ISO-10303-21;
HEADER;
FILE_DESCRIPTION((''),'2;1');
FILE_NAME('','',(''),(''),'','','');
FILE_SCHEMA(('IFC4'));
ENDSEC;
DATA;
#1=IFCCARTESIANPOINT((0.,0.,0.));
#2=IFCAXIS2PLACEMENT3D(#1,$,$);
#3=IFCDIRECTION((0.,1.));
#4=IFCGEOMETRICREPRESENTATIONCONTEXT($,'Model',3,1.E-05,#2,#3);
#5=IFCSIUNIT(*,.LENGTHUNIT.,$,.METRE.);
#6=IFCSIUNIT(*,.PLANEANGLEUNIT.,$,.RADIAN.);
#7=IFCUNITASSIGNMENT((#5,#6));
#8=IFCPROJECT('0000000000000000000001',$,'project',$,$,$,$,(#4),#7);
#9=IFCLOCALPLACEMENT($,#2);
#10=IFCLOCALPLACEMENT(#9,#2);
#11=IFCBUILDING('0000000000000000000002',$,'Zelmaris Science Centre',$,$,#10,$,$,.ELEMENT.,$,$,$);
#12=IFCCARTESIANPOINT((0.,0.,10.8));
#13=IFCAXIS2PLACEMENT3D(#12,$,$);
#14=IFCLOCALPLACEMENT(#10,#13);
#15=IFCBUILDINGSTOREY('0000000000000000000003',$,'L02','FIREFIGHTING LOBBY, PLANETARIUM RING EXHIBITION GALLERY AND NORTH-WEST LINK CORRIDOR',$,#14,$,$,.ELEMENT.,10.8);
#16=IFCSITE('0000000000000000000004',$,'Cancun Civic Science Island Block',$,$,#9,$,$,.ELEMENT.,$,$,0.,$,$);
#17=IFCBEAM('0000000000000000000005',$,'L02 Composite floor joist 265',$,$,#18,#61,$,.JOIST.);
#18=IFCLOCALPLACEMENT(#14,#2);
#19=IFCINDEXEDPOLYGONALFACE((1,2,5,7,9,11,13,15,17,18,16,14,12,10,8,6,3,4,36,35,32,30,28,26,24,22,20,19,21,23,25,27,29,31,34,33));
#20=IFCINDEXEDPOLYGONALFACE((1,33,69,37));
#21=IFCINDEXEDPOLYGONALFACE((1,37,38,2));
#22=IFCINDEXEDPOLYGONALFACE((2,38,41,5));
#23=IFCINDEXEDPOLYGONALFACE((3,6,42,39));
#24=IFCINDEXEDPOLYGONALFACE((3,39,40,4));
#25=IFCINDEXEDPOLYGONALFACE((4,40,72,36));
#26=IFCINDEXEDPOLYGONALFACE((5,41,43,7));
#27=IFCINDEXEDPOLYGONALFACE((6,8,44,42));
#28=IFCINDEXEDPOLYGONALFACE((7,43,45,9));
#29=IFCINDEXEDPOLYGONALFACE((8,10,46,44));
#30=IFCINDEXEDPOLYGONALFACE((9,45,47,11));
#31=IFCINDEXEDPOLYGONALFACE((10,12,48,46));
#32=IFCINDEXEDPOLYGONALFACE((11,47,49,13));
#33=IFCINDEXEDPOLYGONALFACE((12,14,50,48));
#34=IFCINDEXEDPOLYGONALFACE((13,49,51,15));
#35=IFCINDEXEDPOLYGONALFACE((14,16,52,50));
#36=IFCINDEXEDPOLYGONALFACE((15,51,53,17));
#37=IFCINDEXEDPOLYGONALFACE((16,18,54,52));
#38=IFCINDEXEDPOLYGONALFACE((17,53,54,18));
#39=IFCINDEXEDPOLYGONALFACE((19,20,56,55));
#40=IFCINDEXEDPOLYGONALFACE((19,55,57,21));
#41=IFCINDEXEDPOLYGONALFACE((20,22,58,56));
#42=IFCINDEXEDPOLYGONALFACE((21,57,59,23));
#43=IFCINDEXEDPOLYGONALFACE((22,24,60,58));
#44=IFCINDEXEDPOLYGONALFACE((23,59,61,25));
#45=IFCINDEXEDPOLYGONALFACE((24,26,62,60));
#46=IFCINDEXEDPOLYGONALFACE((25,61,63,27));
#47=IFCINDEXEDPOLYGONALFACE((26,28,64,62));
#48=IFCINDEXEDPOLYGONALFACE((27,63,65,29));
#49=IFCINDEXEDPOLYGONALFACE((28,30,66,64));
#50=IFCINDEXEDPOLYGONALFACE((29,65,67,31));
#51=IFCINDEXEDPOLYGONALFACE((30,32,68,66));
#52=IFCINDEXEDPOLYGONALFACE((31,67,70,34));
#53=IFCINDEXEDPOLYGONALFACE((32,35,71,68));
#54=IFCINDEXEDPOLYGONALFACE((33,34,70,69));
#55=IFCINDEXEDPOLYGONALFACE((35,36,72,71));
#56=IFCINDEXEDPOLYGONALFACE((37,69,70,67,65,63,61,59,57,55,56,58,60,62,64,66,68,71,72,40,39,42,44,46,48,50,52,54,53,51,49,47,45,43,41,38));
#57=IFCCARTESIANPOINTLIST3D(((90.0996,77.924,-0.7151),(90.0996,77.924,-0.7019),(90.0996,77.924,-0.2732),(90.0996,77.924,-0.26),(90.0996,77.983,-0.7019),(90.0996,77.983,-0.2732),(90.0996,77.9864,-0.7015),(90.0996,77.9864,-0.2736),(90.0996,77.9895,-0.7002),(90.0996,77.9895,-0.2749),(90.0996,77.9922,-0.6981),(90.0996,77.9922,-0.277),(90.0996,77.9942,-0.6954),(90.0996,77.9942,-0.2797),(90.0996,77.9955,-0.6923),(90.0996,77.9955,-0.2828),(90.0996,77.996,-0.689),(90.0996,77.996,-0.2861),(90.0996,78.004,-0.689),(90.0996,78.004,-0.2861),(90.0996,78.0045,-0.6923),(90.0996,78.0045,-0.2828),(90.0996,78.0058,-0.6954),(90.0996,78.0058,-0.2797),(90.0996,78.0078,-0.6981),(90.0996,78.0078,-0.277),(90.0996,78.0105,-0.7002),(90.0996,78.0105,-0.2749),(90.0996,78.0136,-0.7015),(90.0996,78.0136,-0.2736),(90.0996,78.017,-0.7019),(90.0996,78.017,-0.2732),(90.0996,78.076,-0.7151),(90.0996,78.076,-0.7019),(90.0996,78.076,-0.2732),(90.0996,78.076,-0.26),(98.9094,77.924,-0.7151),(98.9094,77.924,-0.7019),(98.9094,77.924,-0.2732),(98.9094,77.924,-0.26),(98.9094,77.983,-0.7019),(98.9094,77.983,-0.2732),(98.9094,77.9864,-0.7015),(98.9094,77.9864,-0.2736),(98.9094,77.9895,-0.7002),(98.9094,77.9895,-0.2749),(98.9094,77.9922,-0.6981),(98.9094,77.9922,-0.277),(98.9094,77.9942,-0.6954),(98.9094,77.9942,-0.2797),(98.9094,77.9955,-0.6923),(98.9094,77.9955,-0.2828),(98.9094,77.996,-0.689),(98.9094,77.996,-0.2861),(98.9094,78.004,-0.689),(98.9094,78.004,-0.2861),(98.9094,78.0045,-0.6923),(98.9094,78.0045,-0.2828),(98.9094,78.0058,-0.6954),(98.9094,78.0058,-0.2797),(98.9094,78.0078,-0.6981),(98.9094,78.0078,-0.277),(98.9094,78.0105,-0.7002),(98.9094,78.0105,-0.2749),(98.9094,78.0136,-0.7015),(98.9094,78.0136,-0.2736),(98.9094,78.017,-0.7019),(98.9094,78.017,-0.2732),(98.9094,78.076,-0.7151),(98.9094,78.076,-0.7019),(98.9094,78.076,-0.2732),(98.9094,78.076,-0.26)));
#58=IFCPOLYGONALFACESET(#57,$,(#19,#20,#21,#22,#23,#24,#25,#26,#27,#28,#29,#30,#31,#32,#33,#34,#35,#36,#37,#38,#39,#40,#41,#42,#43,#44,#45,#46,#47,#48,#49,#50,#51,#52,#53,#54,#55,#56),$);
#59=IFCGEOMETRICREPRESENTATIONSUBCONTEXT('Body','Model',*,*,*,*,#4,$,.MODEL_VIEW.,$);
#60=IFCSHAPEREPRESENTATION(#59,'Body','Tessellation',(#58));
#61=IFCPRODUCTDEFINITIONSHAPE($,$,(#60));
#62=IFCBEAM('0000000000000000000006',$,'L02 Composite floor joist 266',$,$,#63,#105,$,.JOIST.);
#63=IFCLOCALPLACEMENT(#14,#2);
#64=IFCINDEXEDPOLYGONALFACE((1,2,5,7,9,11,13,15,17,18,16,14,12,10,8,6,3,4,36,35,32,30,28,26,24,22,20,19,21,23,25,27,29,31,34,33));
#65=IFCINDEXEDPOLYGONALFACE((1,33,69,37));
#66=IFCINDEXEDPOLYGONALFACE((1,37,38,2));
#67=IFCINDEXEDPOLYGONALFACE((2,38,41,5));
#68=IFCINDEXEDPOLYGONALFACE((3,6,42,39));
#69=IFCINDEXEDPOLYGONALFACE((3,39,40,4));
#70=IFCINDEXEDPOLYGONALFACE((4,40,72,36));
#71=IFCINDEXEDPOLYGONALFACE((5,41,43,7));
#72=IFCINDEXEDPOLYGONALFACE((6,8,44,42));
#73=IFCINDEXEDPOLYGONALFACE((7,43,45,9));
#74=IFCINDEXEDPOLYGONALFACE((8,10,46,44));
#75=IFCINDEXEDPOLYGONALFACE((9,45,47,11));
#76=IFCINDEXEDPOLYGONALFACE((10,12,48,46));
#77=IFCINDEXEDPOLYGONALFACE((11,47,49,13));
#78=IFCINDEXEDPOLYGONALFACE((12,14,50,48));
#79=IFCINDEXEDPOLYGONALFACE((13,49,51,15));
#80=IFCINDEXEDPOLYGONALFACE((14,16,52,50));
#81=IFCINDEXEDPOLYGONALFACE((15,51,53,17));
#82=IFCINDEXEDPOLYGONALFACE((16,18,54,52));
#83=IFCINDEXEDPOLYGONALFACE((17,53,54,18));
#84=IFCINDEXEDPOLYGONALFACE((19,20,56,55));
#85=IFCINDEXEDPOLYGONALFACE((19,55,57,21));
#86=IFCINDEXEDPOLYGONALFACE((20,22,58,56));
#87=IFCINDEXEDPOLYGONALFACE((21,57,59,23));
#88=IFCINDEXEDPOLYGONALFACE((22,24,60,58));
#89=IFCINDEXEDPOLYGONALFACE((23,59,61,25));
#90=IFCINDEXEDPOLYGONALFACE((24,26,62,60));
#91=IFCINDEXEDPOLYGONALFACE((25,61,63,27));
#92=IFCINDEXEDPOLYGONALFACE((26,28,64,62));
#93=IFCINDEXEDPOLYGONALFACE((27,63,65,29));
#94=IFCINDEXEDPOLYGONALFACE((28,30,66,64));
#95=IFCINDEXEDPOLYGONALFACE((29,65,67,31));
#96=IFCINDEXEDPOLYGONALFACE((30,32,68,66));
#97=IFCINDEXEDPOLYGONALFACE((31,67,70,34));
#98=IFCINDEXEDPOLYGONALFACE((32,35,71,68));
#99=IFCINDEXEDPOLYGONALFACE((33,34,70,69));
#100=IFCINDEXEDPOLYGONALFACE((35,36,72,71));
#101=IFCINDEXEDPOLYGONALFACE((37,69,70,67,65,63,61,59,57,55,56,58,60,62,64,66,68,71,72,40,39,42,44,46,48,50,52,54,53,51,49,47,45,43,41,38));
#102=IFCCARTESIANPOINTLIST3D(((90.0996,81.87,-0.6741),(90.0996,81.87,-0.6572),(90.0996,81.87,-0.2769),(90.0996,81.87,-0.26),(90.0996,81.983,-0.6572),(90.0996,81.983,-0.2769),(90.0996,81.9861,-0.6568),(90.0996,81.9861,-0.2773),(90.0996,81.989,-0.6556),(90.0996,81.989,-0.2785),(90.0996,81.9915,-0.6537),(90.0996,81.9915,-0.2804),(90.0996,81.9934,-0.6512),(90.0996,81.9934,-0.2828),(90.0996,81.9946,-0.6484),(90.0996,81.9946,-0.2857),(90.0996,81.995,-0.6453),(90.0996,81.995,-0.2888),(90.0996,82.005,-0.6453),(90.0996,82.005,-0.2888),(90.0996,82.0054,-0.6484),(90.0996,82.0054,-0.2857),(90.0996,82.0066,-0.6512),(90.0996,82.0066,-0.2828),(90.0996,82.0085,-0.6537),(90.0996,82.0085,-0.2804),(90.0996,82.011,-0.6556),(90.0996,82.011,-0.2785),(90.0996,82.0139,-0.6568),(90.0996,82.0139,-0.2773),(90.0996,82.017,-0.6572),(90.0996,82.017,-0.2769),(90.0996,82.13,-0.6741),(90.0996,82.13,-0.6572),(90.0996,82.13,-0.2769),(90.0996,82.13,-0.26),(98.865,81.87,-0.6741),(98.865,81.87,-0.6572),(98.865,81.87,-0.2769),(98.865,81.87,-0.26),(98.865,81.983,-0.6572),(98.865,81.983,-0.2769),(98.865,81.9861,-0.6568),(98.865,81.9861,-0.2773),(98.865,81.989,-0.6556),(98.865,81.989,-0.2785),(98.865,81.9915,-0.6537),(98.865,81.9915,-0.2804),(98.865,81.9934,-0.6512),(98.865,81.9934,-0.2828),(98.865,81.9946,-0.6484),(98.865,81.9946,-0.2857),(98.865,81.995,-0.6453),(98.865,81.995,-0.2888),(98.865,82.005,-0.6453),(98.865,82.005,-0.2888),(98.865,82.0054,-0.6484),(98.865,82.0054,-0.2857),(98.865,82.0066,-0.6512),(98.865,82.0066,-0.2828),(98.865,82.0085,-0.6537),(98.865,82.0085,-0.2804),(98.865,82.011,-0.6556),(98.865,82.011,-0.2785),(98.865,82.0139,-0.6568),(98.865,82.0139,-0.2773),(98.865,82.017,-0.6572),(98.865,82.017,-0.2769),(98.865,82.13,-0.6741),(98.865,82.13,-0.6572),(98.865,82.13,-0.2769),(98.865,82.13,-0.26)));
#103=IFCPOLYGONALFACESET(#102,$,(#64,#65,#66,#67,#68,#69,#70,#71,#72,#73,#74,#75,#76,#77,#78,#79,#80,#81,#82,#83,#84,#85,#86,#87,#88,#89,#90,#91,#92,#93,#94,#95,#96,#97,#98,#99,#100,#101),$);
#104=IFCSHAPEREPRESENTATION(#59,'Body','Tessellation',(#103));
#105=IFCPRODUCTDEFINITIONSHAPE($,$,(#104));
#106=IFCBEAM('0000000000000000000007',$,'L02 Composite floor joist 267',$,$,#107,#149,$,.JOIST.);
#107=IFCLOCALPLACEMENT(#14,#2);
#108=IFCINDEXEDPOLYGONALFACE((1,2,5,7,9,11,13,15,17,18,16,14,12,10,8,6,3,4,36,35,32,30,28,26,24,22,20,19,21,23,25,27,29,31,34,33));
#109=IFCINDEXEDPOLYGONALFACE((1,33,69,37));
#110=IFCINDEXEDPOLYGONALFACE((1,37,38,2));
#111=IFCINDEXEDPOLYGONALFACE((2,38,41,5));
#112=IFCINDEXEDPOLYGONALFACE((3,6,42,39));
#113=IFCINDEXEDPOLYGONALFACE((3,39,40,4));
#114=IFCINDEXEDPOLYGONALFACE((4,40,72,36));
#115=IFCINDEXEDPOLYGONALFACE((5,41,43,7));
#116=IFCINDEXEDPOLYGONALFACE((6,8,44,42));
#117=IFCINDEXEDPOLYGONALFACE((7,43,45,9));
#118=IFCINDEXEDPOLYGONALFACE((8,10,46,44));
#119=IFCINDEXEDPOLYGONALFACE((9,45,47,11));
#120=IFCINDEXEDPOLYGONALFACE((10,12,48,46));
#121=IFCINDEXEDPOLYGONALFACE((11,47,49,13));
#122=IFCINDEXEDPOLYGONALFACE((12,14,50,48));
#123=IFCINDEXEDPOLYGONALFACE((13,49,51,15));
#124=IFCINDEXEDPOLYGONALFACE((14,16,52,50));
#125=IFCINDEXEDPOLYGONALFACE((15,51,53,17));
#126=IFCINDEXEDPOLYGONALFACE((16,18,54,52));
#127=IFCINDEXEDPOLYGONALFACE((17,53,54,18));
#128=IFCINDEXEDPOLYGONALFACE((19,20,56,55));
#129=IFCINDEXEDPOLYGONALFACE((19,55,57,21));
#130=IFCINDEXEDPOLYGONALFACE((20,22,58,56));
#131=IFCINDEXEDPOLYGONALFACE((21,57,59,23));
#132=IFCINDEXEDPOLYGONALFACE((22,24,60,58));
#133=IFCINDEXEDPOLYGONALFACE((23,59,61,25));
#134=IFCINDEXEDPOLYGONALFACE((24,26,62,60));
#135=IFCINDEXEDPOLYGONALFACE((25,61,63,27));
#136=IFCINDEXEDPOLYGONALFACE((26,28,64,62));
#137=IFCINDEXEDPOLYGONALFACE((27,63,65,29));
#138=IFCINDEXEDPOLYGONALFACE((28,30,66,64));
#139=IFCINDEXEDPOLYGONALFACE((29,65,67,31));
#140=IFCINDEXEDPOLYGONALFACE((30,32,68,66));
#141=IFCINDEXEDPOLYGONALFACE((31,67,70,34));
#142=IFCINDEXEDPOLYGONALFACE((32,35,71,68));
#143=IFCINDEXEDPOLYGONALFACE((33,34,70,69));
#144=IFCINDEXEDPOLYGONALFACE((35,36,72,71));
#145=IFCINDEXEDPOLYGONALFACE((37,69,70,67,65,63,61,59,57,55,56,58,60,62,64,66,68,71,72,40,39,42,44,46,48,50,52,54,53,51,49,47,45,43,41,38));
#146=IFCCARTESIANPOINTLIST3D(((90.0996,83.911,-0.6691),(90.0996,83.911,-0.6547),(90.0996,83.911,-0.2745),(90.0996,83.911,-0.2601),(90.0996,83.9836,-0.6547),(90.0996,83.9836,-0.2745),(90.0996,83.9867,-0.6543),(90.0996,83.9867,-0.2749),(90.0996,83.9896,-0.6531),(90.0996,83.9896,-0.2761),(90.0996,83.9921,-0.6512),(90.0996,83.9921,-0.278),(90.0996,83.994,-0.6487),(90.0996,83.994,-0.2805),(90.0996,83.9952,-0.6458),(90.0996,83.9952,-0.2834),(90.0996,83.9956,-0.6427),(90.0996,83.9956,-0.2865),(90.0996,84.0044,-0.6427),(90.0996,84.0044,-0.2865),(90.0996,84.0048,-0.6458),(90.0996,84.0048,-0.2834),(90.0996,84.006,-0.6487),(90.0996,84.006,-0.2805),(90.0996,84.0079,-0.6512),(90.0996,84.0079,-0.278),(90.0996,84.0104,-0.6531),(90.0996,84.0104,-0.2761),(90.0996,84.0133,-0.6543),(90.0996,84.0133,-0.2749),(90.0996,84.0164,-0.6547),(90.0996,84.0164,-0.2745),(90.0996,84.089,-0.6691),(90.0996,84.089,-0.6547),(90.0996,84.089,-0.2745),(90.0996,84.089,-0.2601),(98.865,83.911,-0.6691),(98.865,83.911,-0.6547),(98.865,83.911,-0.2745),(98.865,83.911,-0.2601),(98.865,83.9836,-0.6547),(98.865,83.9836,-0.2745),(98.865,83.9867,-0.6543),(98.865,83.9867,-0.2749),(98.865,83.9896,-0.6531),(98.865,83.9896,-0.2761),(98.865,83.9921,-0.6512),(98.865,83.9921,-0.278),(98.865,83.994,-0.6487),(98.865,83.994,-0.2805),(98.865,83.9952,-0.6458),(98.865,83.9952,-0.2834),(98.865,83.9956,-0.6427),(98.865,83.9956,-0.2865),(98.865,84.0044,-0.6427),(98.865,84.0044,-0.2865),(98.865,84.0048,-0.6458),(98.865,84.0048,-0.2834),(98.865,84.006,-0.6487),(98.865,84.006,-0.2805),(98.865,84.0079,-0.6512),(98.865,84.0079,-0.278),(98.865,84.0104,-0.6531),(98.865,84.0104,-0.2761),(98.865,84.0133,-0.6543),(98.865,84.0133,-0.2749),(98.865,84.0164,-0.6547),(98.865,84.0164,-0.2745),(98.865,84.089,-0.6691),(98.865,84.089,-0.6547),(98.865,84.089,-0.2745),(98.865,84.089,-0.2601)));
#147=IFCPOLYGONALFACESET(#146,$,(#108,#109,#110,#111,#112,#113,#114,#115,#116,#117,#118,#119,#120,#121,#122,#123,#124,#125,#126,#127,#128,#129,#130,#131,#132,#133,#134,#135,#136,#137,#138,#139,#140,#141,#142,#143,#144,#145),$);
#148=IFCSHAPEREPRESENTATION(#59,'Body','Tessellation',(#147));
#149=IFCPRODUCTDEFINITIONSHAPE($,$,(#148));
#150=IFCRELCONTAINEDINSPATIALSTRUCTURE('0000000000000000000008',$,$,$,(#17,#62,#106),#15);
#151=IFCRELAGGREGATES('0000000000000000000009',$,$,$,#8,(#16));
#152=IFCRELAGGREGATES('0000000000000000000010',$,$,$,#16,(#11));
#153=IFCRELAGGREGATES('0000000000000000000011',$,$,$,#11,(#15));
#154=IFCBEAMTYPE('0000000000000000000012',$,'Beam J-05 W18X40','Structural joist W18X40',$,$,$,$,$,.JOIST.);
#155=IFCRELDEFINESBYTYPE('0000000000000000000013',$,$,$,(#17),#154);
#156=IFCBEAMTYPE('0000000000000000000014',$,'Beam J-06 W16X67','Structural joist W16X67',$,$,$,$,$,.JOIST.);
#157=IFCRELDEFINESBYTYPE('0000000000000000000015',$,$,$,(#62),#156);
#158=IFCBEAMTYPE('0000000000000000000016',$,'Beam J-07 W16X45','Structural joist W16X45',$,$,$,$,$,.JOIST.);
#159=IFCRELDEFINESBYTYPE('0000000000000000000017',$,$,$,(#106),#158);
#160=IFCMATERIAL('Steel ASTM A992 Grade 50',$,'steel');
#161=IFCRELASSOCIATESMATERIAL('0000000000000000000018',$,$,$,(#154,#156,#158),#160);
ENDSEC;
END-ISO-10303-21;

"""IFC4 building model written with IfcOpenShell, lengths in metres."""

from ifc_helpers import new_model, si_unit, direction, frame, origin, origin_2d, place, context, subcontext, project, spatial, i_section, extrude, material, material_profile, profile_set, type_object, element, save


model = new_model("IFC4")

# Units and contexts
model_context = context("Model", 3, precision=1e-05, world=origin(), true_north=direction((0.0, 1.0)))
body_context = subcontext(model_context, "Body", "Model", "MODEL_VIEW")
ifc_project = project(units=[si_unit("LENGTHUNIT", "METRE"), si_unit("PLANEANGLEUNIT", "RADIAN")], contexts=[model_context])

# Site, building, storey
site_placement = place(None, origin())
site = spatial("IfcSite", under=ifc_project, at=site_placement, Name="Cancun Civic Science Island Block", CompositionType="ELEMENT", RefElevation=0.0)
building_placement = place(site_placement, origin())
building = spatial("IfcBuilding", under=site, at=building_placement, Name="Zelmaris Science Centre", CompositionType="ELEMENT")
storey_placement = place(building_placement, frame((0.0, 0.0, 10.8)))
storey = spatial("IfcBuildingStorey", under=building, at=storey_placement, Name="L02", Description="FIREFIGHTING LOBBY, PLANETARIUM RING EXHIBITION GALLERY AND NORTH-WEST LINK CORRIDOR", CompositionType="ELEMENT", Elevation=10.8)

# Shared definitions
ifc_material_1 = material(Name="Steel ASTM A992 Grade 50", Category="steel")

# Beams
ifc_material_profile_1 = material_profile(ifc_material_1, i_section(OverallWidth=0.1521, OverallDepth=0.4551, WebThickness=0.0081, FlangeThickness=0.0132, FilletRadius=0.0129, at=origin_2d()), Name="W18X40")
ifc_profile_set_1 = profile_set([ifc_material_profile_1], Name="Steel ASTM A992 Grade 50")
beam_type_1 = type_object("IfcBeamType", Name="Beam J-05 W18X40", Description="Structural joist W18X40", PredefinedType="JOIST", material=ifc_profile_set_1)
beam_1_placement = place(storey_placement, frame((90.0996, 78.0, -0.4875), z_axis=(1.0, 0.0, 0.0), x_axis=(0.0, 1.0, 0.0)))
element("IfcBeam", 1, at=beam_1_placement, inside=storey, type_object=beam_type_1, Name="L02 Composite floor joist 265", PredefinedType="JOIST", context=body_context, shape_type="SweptSolid", body=[
    extrude(i_section(OverallWidth=0.1521, OverallDepth=0.4551, WebThickness=0.0081, FlangeThickness=0.0132, FilletRadius=0.0129, at=origin_2d()), origin(), (0.0, 0.0, 1.0), 8.8098),
])
ifc_material_profile_2 = material_profile(ifc_material_1, i_section(OverallWidth=0.26, OverallDepth=0.4141, WebThickness=0.01, FlangeThickness=0.0168, FilletRadius=0.012, at=origin_2d()), Name="W16X67")
ifc_profile_set_2 = profile_set([ifc_material_profile_2], Name="Steel ASTM A992 Grade 50")
beam_type_2 = type_object("IfcBeamType", Name="Beam J-06 W16X67", Description="Structural joist W16X67", PredefinedType="JOIST", material=ifc_profile_set_2)
beam_2_placement = place(storey_placement, frame((90.0996, 82.0, -0.467), z_axis=(1.0, 0.0, 0.0), x_axis=(0.0, 1.0, 0.0)))
element("IfcBeam", 2, at=beam_2_placement, inside=storey, type_object=beam_type_2, Name="L02 Composite floor joist 266", PredefinedType="JOIST", context=body_context, shape_type="SweptSolid", body=[
    extrude(i_section(OverallWidth=0.26, OverallDepth=0.4141, WebThickness=0.01, FlangeThickness=0.0168, FilletRadius=0.012, at=origin_2d()), origin(), (0.0, 0.0, 1.0), 8.7654),
])
ifc_material_profile_3 = material_profile(ifc_material_1, i_section(OverallWidth=0.178, OverallDepth=0.4089, WebThickness=0.0088, FlangeThickness=0.0144, FilletRadius=0.012, at=origin_2d()), Name="W16X45")
ifc_profile_set_3 = profile_set([ifc_material_profile_3], Name="Steel ASTM A992 Grade 50")
beam_type_3 = type_object("IfcBeamType", Name="Beam J-07 W16X45", Description="Structural joist W16X45", PredefinedType="JOIST", material=ifc_profile_set_3)
beam_3_placement = place(storey_placement, frame((90.0996, 84.0, -0.4646), z_axis=(1.0, 0.0, 0.0), x_axis=(0.0, 1.0, 0.0)))
element("IfcBeam", 3, at=beam_3_placement, inside=storey, type_object=beam_type_3, Name="L02 Composite floor joist 267", PredefinedType="JOIST", context=body_context, shape_type="SweptSolid", body=[
    extrude(i_section(OverallWidth=0.178, OverallDepth=0.4089, WebThickness=0.0088, FlangeThickness=0.0144, FilletRadius=0.012, at=origin_2d()), origin(), (0.0, 0.0, 1.0), 8.7654),
])

save(model, "model.ifc")
